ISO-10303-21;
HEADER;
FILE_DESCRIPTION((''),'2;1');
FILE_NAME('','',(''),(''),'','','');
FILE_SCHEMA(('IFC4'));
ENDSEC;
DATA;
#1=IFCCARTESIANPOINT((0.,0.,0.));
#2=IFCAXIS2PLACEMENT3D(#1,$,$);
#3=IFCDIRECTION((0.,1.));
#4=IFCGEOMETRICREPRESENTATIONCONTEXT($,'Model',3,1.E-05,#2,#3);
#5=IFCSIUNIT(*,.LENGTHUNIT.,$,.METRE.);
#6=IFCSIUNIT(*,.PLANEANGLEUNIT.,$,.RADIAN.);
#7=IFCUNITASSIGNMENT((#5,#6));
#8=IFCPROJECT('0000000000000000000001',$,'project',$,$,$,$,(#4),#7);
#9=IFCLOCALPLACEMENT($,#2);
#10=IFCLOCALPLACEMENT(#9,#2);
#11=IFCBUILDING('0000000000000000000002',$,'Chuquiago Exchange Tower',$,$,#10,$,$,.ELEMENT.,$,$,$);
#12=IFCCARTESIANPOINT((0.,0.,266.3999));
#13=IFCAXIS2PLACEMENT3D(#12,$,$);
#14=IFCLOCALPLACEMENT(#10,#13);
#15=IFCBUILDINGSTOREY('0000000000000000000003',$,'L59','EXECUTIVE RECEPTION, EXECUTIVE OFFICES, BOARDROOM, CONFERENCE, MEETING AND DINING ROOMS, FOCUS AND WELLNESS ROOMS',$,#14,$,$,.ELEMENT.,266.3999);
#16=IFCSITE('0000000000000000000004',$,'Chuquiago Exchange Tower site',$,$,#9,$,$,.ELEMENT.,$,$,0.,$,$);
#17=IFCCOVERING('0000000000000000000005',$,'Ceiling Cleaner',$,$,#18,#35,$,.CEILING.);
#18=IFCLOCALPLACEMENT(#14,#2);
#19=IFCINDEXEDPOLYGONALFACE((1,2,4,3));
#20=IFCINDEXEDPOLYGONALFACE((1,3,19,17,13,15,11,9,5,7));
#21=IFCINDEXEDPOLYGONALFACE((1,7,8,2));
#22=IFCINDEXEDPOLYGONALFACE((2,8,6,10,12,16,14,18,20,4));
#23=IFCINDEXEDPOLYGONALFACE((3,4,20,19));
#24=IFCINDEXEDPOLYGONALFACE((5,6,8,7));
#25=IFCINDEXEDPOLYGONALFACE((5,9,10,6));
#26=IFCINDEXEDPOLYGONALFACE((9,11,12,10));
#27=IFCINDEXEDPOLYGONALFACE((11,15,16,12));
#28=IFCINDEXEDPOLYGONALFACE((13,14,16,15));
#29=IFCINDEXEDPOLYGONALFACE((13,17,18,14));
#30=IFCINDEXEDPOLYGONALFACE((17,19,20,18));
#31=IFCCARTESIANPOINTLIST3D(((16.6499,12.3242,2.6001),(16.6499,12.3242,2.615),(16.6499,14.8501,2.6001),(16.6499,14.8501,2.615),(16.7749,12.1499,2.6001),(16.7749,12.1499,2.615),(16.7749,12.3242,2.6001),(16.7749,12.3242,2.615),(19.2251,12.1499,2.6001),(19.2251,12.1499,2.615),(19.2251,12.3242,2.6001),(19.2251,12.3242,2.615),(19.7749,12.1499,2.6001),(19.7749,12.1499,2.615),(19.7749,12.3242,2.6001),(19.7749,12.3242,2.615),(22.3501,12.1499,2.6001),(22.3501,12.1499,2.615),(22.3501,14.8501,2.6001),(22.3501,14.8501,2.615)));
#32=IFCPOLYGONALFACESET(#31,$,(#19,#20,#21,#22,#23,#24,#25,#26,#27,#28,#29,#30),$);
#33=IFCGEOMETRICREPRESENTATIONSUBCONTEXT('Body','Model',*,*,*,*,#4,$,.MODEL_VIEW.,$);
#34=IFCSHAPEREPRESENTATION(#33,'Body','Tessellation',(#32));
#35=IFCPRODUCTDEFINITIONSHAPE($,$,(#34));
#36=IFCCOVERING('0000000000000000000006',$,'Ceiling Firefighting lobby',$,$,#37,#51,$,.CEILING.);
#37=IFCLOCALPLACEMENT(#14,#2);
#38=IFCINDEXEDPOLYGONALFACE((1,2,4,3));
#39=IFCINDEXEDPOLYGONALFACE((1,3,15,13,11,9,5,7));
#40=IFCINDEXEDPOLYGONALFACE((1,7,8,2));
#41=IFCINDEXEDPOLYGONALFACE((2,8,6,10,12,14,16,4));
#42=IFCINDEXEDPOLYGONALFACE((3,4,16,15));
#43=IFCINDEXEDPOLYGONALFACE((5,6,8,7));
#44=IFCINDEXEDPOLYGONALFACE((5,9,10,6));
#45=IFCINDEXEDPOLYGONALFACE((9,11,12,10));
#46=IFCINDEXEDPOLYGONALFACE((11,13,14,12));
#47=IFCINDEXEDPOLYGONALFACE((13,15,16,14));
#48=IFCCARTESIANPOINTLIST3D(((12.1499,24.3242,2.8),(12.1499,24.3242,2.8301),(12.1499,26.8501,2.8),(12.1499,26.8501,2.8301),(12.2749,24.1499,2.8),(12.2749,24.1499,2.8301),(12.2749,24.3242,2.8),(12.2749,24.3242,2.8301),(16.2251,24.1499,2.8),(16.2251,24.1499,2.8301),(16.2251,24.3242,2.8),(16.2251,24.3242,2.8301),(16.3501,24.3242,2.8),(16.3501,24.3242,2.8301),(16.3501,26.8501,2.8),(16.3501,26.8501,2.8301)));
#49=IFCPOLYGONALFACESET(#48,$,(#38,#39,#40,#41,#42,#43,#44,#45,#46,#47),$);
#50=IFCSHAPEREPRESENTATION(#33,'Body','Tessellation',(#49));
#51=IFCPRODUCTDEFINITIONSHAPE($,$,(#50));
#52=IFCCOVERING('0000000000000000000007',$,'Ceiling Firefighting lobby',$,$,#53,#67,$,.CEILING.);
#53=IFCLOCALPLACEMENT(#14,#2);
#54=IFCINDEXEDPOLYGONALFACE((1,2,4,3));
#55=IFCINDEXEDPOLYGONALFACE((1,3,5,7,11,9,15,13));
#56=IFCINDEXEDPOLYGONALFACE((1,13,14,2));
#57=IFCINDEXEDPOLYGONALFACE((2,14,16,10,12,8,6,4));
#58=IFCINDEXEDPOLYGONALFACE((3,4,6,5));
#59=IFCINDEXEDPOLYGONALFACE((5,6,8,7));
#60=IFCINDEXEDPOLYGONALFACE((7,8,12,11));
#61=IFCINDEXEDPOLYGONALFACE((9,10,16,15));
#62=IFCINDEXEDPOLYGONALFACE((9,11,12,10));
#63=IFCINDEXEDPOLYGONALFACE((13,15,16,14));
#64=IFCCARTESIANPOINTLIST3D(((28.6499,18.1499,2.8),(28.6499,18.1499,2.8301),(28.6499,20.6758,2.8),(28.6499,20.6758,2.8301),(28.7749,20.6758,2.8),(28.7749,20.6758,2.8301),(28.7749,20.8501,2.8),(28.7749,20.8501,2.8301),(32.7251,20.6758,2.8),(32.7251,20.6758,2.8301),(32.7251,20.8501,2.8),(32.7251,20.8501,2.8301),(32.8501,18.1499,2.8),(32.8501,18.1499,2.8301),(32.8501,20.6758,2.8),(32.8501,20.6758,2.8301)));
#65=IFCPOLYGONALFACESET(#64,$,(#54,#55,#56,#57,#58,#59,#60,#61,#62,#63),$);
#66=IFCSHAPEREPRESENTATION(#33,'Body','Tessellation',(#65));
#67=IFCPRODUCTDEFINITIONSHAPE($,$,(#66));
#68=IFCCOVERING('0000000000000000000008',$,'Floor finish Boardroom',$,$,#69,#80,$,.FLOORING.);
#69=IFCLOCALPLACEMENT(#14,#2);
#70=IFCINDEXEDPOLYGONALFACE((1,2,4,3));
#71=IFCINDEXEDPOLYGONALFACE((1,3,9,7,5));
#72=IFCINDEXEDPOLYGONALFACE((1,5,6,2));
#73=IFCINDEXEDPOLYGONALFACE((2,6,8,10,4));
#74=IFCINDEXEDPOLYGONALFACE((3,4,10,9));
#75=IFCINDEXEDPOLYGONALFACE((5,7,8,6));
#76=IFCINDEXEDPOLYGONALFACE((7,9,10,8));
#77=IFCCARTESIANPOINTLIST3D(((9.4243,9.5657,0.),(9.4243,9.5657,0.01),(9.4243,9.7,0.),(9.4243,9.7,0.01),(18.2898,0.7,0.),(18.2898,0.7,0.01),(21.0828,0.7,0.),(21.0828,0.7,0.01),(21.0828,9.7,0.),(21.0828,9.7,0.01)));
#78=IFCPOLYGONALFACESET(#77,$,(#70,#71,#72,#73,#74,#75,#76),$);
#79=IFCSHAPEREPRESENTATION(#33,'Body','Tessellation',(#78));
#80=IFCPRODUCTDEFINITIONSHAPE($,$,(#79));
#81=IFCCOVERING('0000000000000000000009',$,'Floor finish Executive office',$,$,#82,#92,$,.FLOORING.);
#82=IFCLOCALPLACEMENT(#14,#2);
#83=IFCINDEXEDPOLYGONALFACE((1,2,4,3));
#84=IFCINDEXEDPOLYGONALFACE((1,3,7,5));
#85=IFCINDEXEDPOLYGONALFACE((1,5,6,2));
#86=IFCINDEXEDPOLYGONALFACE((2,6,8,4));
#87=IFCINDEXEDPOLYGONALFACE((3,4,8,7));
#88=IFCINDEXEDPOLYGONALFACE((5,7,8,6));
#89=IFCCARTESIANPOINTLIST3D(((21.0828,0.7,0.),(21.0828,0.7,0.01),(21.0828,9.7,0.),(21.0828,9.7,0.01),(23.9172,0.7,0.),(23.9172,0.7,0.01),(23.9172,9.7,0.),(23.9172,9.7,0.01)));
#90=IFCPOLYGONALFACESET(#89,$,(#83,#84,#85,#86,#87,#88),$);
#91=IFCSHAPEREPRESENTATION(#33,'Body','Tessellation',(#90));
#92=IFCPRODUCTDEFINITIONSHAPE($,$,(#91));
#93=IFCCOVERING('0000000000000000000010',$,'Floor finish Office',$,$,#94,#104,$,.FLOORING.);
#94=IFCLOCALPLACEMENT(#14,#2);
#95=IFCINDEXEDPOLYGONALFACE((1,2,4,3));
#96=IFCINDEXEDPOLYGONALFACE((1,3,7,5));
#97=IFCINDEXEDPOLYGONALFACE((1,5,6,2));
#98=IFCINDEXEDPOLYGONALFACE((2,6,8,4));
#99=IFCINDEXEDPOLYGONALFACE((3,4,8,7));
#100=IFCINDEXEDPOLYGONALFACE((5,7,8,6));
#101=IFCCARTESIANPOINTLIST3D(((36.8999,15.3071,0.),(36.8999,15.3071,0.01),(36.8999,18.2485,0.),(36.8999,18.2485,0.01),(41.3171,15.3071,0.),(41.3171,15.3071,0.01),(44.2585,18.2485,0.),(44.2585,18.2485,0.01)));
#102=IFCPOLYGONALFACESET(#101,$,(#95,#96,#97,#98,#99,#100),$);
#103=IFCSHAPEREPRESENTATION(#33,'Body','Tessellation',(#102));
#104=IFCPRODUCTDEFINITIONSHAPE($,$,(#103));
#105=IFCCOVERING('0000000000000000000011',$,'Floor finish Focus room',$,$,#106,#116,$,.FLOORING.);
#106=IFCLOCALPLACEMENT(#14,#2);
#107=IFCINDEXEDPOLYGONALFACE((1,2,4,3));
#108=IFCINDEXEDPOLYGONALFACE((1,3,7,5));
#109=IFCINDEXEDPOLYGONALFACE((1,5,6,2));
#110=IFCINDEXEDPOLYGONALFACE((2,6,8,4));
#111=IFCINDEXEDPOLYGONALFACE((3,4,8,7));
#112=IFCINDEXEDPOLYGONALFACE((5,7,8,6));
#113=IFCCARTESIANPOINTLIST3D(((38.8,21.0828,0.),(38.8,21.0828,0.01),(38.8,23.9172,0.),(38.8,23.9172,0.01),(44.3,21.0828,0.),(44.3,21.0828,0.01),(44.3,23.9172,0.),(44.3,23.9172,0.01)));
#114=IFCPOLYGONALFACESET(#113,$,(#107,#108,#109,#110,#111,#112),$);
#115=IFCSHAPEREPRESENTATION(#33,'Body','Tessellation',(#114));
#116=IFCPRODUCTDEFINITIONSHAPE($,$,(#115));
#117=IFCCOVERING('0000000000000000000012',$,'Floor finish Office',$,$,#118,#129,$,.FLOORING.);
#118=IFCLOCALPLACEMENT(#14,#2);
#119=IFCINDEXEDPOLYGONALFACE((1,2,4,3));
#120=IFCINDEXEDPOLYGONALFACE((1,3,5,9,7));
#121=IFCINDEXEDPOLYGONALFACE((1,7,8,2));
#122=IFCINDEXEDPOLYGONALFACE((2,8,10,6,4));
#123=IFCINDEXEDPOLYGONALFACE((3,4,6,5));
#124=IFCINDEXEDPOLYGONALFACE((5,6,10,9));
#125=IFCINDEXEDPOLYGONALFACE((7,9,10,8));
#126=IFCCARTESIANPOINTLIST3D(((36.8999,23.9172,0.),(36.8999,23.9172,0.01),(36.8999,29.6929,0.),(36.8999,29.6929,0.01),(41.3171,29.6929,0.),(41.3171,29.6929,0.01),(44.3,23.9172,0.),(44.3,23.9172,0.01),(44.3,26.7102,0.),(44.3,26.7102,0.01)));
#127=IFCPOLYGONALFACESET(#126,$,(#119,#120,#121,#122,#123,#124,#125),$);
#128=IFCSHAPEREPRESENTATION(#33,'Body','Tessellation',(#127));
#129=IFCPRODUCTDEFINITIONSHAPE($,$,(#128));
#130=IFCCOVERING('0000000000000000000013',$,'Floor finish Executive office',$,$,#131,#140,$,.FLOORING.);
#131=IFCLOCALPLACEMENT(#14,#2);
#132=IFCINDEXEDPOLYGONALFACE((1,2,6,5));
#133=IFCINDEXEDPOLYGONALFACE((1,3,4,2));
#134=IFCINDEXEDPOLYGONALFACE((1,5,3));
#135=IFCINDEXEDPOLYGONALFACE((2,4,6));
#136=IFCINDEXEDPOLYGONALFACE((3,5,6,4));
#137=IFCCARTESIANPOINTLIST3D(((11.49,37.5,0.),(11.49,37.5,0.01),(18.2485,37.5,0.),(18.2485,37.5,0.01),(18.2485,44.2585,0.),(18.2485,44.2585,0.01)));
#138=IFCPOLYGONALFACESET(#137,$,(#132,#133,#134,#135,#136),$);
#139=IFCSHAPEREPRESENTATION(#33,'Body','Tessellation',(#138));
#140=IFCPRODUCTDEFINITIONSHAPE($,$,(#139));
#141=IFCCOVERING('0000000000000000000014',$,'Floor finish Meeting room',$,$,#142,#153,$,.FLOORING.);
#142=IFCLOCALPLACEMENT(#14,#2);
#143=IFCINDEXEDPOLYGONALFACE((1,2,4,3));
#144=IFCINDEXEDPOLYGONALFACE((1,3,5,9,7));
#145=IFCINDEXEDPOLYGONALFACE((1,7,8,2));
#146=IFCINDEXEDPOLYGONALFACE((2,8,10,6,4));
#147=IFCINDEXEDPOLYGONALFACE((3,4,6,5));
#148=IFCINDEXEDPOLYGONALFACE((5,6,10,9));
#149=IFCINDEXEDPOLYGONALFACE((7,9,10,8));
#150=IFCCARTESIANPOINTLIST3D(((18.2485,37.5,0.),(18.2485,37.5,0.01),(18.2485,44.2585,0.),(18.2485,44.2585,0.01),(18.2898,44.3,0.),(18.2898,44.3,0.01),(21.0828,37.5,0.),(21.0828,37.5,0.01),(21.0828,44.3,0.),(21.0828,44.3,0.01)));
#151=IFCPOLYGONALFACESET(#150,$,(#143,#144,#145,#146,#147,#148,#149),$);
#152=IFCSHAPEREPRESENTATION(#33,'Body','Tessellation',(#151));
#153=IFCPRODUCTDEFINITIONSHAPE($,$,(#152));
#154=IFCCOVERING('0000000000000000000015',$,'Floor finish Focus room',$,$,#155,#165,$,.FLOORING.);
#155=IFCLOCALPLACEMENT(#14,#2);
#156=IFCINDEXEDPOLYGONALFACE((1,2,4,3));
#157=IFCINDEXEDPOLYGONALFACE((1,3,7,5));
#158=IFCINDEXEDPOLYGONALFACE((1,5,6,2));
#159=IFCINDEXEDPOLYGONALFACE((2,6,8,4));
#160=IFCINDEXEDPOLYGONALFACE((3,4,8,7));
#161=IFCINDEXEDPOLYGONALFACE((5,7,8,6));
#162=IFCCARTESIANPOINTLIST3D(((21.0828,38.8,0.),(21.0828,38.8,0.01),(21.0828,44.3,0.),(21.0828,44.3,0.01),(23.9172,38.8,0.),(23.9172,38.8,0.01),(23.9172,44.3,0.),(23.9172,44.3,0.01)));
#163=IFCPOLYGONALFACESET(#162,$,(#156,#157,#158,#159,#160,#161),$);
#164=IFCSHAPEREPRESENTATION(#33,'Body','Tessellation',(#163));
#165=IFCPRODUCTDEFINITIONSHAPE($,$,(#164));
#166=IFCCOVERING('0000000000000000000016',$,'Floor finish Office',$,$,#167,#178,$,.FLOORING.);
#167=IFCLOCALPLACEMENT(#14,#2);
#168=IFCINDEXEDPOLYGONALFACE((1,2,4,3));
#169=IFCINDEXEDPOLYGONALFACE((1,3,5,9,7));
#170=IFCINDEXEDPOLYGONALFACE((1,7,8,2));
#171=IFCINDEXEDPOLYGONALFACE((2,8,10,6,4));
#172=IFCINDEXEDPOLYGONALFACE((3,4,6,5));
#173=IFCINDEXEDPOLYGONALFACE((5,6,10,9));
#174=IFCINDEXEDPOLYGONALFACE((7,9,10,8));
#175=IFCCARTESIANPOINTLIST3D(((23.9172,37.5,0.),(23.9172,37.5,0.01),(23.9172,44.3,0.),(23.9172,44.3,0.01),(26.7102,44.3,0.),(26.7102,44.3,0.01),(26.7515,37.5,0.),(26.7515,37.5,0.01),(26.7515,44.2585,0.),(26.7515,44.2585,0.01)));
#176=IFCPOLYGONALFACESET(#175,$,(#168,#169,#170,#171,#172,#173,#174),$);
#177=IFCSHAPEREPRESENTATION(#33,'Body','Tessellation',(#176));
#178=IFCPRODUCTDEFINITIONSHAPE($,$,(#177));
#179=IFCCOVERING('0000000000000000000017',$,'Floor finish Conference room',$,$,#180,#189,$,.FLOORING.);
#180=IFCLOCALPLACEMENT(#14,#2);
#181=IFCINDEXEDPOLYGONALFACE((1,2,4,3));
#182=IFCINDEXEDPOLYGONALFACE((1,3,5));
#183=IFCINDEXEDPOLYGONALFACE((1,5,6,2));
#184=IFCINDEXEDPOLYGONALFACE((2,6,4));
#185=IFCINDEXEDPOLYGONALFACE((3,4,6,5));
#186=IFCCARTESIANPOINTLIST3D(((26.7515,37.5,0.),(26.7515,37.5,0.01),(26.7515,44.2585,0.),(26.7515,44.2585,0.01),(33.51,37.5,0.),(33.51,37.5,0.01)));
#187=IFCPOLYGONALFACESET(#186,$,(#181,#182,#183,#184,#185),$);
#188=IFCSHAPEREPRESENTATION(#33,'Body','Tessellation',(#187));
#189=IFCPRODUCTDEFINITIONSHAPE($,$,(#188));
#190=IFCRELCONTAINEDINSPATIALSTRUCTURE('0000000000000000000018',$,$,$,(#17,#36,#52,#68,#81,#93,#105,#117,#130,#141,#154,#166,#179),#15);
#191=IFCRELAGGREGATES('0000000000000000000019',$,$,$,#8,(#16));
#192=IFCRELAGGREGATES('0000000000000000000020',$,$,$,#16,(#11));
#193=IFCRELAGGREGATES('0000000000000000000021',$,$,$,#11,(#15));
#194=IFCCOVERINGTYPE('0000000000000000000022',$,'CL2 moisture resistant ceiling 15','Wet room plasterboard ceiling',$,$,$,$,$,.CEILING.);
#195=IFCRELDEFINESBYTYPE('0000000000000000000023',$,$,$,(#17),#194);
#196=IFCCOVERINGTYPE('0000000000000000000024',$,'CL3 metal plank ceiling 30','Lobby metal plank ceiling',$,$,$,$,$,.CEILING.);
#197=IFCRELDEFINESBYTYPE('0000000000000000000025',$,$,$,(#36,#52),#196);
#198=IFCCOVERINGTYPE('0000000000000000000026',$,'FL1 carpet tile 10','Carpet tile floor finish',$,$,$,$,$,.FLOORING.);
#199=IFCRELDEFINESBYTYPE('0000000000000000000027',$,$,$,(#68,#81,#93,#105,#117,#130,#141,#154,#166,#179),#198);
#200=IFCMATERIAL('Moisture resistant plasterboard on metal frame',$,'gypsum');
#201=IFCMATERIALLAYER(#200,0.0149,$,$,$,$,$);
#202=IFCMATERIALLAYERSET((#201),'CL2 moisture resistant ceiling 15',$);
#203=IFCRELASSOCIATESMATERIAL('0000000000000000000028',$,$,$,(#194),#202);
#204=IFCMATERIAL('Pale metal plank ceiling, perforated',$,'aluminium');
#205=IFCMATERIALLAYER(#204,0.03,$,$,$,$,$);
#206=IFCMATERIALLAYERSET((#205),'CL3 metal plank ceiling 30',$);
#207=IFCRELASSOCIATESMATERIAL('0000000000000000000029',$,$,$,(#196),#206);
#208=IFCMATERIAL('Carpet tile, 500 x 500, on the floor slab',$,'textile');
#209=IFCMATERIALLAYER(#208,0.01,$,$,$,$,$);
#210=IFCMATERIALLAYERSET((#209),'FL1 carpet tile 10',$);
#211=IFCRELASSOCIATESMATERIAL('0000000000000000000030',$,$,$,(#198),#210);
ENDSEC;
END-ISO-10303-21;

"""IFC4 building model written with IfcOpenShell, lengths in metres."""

from ifc_helpers import new_model, si_unit, direction, frame, origin, place, context, subcontext, project, spatial, polyline, outline, extrude, material, layer, layer_set, type_object, element, save


model = new_model("IFC4")

# Units and contexts
model_context = context("Model", 3, precision=1e-05, world=origin(), true_north=direction((0.0, 1.0)))
body_context = subcontext(model_context, "Body", "Model", "MODEL_VIEW")
ifc_project = project(units=[si_unit("LENGTHUNIT", "METRE"), si_unit("PLANEANGLEUNIT", "RADIAN")], contexts=[model_context])

# Site, building, storey
site_placement = place(None, origin())
site = spatial("IfcSite", under=ifc_project, at=site_placement, Name="Chuquiago Exchange Tower site", CompositionType="ELEMENT", RefElevation=0.0)
building_placement = place(site_placement, origin())
building = spatial("IfcBuilding", under=site, at=building_placement, Name="Chuquiago Exchange Tower", CompositionType="ELEMENT")
storey_placement = place(building_placement, frame((0.0, 0.0, 266.3999)))
storey = spatial("IfcBuildingStorey", under=building, at=storey_placement, Name="L59", Description="EXECUTIVE RECEPTION, EXECUTIVE OFFICES, BOARDROOM, CONFERENCE, MEETING AND DINING ROOMS, FOCUS AND WELLNESS ROOMS", CompositionType="ELEMENT", Elevation=266.3999)

# Coverings
ifc_material_1 = material(Name="Moisture resistant plasterboard on metal frame", Category="gypsum")
ifc_layer_1 = layer(ifc_material_1, 0.0149)
ifc_layer_set_1 = layer_set([ifc_layer_1], Name="CL2 moisture resistant ceiling 15")
covering_type_1 = type_object("IfcCoveringType", Name="CL2 moisture resistant ceiling 15", Description="Wet room plasterboard ceiling", PredefinedType="CEILING", material=ifc_layer_set_1)
covering_1_placement = place(storey_placement, frame((0.0, 0.0, 2.6001)))
element("IfcCovering", 1, at=covering_1_placement, inside=storey, type_object=covering_type_1, Name="Ceiling Cleaner", PredefinedType="CEILING", context=body_context, shape_type="SweptSolid", body=[
    extrude(outline(polyline([(19.7749, 12.1499), (19.7749, 12.3242), (19.2251, 12.3242), (19.2251, 12.1499), (16.7749, 12.1499), (16.7749, 12.3242), (16.6499, 12.3242), (16.6499, 14.8501), (22.3501, 14.8501), (22.3501, 12.1499), (19.7749, 12.1499)])), origin(), (0.0, 0.0, 1.0), 0.0149),
])
ifc_material_2 = material(Name="Pale metal plank ceiling, perforated", Category="aluminium")
ifc_layer_2 = layer(ifc_material_2, 0.03)
ifc_layer_set_2 = layer_set([ifc_layer_2], Name="CL3 metal plank ceiling 30")
covering_type_2 = type_object("IfcCoveringType", Name="CL3 metal plank ceiling 30", Description="Lobby metal plank ceiling", PredefinedType="CEILING", material=ifc_layer_set_2)
covering_2_placement = place(storey_placement, frame((0.0, 0.0, 2.8)))
element("IfcCovering", 2, at=covering_2_placement, inside=storey, type_object=covering_type_2, Name="Ceiling Firefighting lobby", PredefinedType="CEILING", context=body_context, shape_type="SweptSolid", body=[
    extrude(outline(polyline([(12.2749, 24.1499), (12.2749, 24.3242), (12.1499, 24.3242), (12.1499, 26.8501), (16.3501, 26.8501), (16.3501, 24.3242), (16.2251, 24.3242), (16.2251, 24.1499), (12.2749, 24.1499)])), origin(), (0.0, 0.0, 1.0), 0.03),
])
covering_3_placement = place(storey_placement, frame((0.0, 0.0, 2.8)))
element("IfcCovering", 3, at=covering_3_placement, inside=storey, type_object=covering_type_2, Name="Ceiling Firefighting lobby", PredefinedType="CEILING", context=body_context, shape_type="SweptSolid", body=[
    extrude(outline(polyline([(28.6499, 18.1499), (28.6499, 20.6758), (28.7749, 20.6758), (28.7749, 20.8501), (32.7251, 20.8501), (32.7251, 20.6758), (32.8501, 20.6758), (32.8501, 18.1499), (28.6499, 18.1499)])), origin(), (0.0, 0.0, 1.0), 0.03),
])
ifc_material_3 = material(Name="Carpet tile, 500 x 500, on the floor slab", Category="textile")
ifc_layer_3 = layer(ifc_material_3, 0.01)
ifc_layer_set_3 = layer_set([ifc_layer_3], Name="FL1 carpet tile 10")
covering_type_3 = type_object("IfcCoveringType", Name="FL1 carpet tile 10", Description="Carpet tile floor finish", PredefinedType="FLOORING", material=ifc_layer_set_3)
covering_4_placement = place(storey_placement, origin())
element("IfcCovering", 4, at=covering_4_placement, inside=storey, type_object=covering_type_3, Name="Floor finish Boardroom", PredefinedType="FLOORING", context=body_context, shape_type="SweptSolid", body=[
    extrude(outline(polyline([(18.2898, 0.7), (9.4243, 9.5657), (9.4243, 9.7), (21.0828, 9.7), (21.0828, 0.7), (18.2898, 0.7)])), origin(), (0.0, 0.0, 1.0), 0.01),
])
covering_5_placement = place(storey_placement, origin())
element("IfcCovering", 5, at=covering_5_placement, inside=storey, type_object=covering_type_3, Name="Floor finish Executive office", PredefinedType="FLOORING", context=body_context, shape_type="SweptSolid", body=[
    extrude(outline(polyline([(21.0828, 0.7), (21.0828, 9.7), (23.9172, 9.7), (23.9172, 0.7), (21.0828, 0.7)])), origin(), (0.0, 0.0, 1.0), 0.01),
])
covering_6_placement = place(storey_placement, origin())
element("IfcCovering", 6, at=covering_6_placement, inside=storey, type_object=covering_type_3, Name="Floor finish Office", PredefinedType="FLOORING", context=body_context, shape_type="SweptSolid", body=[
    extrude(outline(polyline([(41.3171, 15.3071), (36.8999, 15.3071), (36.8999, 18.2485), (44.2585, 18.2485), (41.3171, 15.3071)])), origin(), (0.0, 0.0, 1.0), 0.01),
])
covering_7_placement = place(storey_placement, origin())
element("IfcCovering", 7, at=covering_7_placement, inside=storey, type_object=covering_type_3, Name="Floor finish Focus room", PredefinedType="FLOORING", context=body_context, shape_type="SweptSolid", body=[
    extrude(outline(polyline([(44.3, 21.0828), (38.8, 21.0828), (38.8, 23.9172), (44.3, 23.9172), (44.3, 21.0828)])), origin(), (0.0, 0.0, 1.0), 0.01),
])
covering_8_placement = place(storey_placement, origin())
element("IfcCovering", 8, at=covering_8_placement, inside=storey, type_object=covering_type_3, Name="Floor finish Office", PredefinedType="FLOORING", context=body_context, shape_type="SweptSolid", body=[
    extrude(outline(polyline([(44.3, 26.7102), (44.3, 23.9172), (36.8999, 23.9172), (36.8999, 29.6929), (41.3171, 29.6929), (44.3, 26.7102)])), origin(), (0.0, 0.0, 1.0), 0.01),
])
covering_9_placement = place(storey_placement, origin())
element("IfcCovering", 9, at=covering_9_placement, inside=storey, type_object=covering_type_3, Name="Floor finish Executive office", PredefinedType="FLOORING", context=body_context, shape_type="SweptSolid", body=[
    extrude(outline(polyline([(18.2485, 44.2585), (18.2485, 37.5), (11.49, 37.5), (18.2485, 44.2585)])), origin(), (0.0, 0.0, 1.0), 0.01),
])
covering_10_placement = place(storey_placement, origin())
element("IfcCovering", 10, at=covering_10_placement, inside=storey, type_object=covering_type_3, Name="Floor finish Meeting room", PredefinedType="FLOORING", context=body_context, shape_type="SweptSolid", body=[
    extrude(outline(polyline([(18.2898, 44.3), (21.0828, 44.3), (21.0828, 37.5), (18.2485, 37.5), (18.2485, 44.2585), (18.2898, 44.3)])), origin(), (0.0, 0.0, 1.0), 0.01),
])
covering_11_placement = place(storey_placement, origin())
element("IfcCovering", 11, at=covering_11_placement, inside=storey, type_object=covering_type_3, Name="Floor finish Focus room", PredefinedType="FLOORING", context=body_context, shape_type="SweptSolid", body=[
    extrude(outline(polyline([(23.9172, 44.3), (23.9172, 38.8), (21.0828, 38.8), (21.0828, 44.3), (23.9172, 44.3)])), origin(), (0.0, 0.0, 1.0), 0.01),
])
covering_12_placement = place(storey_placement, origin())
element("IfcCovering", 12, at=covering_12_placement, inside=storey, type_object=covering_type_3, Name="Floor finish Office", PredefinedType="FLOORING", context=body_context, shape_type="SweptSolid", body=[
    extrude(outline(polyline([(26.7102, 44.3), (26.7515, 44.2585), (26.7515, 37.5), (23.9172, 37.5), (23.9172, 44.3), (26.7102, 44.3)])), origin(), (0.0, 0.0, 1.0), 0.01),
])
covering_13_placement = place(storey_placement, origin())
element("IfcCovering", 13, at=covering_13_placement, inside=storey, type_object=covering_type_3, Name="Floor finish Conference room", PredefinedType="FLOORING", context=body_context, shape_type="SweptSolid", body=[
    extrude(outline(polyline([(33.51, 37.5), (26.7515, 37.5), (26.7515, 44.2585), (33.51, 37.5)])), origin(), (0.0, 0.0, 1.0), 0.01),
])

save(model, "model.ifc")
